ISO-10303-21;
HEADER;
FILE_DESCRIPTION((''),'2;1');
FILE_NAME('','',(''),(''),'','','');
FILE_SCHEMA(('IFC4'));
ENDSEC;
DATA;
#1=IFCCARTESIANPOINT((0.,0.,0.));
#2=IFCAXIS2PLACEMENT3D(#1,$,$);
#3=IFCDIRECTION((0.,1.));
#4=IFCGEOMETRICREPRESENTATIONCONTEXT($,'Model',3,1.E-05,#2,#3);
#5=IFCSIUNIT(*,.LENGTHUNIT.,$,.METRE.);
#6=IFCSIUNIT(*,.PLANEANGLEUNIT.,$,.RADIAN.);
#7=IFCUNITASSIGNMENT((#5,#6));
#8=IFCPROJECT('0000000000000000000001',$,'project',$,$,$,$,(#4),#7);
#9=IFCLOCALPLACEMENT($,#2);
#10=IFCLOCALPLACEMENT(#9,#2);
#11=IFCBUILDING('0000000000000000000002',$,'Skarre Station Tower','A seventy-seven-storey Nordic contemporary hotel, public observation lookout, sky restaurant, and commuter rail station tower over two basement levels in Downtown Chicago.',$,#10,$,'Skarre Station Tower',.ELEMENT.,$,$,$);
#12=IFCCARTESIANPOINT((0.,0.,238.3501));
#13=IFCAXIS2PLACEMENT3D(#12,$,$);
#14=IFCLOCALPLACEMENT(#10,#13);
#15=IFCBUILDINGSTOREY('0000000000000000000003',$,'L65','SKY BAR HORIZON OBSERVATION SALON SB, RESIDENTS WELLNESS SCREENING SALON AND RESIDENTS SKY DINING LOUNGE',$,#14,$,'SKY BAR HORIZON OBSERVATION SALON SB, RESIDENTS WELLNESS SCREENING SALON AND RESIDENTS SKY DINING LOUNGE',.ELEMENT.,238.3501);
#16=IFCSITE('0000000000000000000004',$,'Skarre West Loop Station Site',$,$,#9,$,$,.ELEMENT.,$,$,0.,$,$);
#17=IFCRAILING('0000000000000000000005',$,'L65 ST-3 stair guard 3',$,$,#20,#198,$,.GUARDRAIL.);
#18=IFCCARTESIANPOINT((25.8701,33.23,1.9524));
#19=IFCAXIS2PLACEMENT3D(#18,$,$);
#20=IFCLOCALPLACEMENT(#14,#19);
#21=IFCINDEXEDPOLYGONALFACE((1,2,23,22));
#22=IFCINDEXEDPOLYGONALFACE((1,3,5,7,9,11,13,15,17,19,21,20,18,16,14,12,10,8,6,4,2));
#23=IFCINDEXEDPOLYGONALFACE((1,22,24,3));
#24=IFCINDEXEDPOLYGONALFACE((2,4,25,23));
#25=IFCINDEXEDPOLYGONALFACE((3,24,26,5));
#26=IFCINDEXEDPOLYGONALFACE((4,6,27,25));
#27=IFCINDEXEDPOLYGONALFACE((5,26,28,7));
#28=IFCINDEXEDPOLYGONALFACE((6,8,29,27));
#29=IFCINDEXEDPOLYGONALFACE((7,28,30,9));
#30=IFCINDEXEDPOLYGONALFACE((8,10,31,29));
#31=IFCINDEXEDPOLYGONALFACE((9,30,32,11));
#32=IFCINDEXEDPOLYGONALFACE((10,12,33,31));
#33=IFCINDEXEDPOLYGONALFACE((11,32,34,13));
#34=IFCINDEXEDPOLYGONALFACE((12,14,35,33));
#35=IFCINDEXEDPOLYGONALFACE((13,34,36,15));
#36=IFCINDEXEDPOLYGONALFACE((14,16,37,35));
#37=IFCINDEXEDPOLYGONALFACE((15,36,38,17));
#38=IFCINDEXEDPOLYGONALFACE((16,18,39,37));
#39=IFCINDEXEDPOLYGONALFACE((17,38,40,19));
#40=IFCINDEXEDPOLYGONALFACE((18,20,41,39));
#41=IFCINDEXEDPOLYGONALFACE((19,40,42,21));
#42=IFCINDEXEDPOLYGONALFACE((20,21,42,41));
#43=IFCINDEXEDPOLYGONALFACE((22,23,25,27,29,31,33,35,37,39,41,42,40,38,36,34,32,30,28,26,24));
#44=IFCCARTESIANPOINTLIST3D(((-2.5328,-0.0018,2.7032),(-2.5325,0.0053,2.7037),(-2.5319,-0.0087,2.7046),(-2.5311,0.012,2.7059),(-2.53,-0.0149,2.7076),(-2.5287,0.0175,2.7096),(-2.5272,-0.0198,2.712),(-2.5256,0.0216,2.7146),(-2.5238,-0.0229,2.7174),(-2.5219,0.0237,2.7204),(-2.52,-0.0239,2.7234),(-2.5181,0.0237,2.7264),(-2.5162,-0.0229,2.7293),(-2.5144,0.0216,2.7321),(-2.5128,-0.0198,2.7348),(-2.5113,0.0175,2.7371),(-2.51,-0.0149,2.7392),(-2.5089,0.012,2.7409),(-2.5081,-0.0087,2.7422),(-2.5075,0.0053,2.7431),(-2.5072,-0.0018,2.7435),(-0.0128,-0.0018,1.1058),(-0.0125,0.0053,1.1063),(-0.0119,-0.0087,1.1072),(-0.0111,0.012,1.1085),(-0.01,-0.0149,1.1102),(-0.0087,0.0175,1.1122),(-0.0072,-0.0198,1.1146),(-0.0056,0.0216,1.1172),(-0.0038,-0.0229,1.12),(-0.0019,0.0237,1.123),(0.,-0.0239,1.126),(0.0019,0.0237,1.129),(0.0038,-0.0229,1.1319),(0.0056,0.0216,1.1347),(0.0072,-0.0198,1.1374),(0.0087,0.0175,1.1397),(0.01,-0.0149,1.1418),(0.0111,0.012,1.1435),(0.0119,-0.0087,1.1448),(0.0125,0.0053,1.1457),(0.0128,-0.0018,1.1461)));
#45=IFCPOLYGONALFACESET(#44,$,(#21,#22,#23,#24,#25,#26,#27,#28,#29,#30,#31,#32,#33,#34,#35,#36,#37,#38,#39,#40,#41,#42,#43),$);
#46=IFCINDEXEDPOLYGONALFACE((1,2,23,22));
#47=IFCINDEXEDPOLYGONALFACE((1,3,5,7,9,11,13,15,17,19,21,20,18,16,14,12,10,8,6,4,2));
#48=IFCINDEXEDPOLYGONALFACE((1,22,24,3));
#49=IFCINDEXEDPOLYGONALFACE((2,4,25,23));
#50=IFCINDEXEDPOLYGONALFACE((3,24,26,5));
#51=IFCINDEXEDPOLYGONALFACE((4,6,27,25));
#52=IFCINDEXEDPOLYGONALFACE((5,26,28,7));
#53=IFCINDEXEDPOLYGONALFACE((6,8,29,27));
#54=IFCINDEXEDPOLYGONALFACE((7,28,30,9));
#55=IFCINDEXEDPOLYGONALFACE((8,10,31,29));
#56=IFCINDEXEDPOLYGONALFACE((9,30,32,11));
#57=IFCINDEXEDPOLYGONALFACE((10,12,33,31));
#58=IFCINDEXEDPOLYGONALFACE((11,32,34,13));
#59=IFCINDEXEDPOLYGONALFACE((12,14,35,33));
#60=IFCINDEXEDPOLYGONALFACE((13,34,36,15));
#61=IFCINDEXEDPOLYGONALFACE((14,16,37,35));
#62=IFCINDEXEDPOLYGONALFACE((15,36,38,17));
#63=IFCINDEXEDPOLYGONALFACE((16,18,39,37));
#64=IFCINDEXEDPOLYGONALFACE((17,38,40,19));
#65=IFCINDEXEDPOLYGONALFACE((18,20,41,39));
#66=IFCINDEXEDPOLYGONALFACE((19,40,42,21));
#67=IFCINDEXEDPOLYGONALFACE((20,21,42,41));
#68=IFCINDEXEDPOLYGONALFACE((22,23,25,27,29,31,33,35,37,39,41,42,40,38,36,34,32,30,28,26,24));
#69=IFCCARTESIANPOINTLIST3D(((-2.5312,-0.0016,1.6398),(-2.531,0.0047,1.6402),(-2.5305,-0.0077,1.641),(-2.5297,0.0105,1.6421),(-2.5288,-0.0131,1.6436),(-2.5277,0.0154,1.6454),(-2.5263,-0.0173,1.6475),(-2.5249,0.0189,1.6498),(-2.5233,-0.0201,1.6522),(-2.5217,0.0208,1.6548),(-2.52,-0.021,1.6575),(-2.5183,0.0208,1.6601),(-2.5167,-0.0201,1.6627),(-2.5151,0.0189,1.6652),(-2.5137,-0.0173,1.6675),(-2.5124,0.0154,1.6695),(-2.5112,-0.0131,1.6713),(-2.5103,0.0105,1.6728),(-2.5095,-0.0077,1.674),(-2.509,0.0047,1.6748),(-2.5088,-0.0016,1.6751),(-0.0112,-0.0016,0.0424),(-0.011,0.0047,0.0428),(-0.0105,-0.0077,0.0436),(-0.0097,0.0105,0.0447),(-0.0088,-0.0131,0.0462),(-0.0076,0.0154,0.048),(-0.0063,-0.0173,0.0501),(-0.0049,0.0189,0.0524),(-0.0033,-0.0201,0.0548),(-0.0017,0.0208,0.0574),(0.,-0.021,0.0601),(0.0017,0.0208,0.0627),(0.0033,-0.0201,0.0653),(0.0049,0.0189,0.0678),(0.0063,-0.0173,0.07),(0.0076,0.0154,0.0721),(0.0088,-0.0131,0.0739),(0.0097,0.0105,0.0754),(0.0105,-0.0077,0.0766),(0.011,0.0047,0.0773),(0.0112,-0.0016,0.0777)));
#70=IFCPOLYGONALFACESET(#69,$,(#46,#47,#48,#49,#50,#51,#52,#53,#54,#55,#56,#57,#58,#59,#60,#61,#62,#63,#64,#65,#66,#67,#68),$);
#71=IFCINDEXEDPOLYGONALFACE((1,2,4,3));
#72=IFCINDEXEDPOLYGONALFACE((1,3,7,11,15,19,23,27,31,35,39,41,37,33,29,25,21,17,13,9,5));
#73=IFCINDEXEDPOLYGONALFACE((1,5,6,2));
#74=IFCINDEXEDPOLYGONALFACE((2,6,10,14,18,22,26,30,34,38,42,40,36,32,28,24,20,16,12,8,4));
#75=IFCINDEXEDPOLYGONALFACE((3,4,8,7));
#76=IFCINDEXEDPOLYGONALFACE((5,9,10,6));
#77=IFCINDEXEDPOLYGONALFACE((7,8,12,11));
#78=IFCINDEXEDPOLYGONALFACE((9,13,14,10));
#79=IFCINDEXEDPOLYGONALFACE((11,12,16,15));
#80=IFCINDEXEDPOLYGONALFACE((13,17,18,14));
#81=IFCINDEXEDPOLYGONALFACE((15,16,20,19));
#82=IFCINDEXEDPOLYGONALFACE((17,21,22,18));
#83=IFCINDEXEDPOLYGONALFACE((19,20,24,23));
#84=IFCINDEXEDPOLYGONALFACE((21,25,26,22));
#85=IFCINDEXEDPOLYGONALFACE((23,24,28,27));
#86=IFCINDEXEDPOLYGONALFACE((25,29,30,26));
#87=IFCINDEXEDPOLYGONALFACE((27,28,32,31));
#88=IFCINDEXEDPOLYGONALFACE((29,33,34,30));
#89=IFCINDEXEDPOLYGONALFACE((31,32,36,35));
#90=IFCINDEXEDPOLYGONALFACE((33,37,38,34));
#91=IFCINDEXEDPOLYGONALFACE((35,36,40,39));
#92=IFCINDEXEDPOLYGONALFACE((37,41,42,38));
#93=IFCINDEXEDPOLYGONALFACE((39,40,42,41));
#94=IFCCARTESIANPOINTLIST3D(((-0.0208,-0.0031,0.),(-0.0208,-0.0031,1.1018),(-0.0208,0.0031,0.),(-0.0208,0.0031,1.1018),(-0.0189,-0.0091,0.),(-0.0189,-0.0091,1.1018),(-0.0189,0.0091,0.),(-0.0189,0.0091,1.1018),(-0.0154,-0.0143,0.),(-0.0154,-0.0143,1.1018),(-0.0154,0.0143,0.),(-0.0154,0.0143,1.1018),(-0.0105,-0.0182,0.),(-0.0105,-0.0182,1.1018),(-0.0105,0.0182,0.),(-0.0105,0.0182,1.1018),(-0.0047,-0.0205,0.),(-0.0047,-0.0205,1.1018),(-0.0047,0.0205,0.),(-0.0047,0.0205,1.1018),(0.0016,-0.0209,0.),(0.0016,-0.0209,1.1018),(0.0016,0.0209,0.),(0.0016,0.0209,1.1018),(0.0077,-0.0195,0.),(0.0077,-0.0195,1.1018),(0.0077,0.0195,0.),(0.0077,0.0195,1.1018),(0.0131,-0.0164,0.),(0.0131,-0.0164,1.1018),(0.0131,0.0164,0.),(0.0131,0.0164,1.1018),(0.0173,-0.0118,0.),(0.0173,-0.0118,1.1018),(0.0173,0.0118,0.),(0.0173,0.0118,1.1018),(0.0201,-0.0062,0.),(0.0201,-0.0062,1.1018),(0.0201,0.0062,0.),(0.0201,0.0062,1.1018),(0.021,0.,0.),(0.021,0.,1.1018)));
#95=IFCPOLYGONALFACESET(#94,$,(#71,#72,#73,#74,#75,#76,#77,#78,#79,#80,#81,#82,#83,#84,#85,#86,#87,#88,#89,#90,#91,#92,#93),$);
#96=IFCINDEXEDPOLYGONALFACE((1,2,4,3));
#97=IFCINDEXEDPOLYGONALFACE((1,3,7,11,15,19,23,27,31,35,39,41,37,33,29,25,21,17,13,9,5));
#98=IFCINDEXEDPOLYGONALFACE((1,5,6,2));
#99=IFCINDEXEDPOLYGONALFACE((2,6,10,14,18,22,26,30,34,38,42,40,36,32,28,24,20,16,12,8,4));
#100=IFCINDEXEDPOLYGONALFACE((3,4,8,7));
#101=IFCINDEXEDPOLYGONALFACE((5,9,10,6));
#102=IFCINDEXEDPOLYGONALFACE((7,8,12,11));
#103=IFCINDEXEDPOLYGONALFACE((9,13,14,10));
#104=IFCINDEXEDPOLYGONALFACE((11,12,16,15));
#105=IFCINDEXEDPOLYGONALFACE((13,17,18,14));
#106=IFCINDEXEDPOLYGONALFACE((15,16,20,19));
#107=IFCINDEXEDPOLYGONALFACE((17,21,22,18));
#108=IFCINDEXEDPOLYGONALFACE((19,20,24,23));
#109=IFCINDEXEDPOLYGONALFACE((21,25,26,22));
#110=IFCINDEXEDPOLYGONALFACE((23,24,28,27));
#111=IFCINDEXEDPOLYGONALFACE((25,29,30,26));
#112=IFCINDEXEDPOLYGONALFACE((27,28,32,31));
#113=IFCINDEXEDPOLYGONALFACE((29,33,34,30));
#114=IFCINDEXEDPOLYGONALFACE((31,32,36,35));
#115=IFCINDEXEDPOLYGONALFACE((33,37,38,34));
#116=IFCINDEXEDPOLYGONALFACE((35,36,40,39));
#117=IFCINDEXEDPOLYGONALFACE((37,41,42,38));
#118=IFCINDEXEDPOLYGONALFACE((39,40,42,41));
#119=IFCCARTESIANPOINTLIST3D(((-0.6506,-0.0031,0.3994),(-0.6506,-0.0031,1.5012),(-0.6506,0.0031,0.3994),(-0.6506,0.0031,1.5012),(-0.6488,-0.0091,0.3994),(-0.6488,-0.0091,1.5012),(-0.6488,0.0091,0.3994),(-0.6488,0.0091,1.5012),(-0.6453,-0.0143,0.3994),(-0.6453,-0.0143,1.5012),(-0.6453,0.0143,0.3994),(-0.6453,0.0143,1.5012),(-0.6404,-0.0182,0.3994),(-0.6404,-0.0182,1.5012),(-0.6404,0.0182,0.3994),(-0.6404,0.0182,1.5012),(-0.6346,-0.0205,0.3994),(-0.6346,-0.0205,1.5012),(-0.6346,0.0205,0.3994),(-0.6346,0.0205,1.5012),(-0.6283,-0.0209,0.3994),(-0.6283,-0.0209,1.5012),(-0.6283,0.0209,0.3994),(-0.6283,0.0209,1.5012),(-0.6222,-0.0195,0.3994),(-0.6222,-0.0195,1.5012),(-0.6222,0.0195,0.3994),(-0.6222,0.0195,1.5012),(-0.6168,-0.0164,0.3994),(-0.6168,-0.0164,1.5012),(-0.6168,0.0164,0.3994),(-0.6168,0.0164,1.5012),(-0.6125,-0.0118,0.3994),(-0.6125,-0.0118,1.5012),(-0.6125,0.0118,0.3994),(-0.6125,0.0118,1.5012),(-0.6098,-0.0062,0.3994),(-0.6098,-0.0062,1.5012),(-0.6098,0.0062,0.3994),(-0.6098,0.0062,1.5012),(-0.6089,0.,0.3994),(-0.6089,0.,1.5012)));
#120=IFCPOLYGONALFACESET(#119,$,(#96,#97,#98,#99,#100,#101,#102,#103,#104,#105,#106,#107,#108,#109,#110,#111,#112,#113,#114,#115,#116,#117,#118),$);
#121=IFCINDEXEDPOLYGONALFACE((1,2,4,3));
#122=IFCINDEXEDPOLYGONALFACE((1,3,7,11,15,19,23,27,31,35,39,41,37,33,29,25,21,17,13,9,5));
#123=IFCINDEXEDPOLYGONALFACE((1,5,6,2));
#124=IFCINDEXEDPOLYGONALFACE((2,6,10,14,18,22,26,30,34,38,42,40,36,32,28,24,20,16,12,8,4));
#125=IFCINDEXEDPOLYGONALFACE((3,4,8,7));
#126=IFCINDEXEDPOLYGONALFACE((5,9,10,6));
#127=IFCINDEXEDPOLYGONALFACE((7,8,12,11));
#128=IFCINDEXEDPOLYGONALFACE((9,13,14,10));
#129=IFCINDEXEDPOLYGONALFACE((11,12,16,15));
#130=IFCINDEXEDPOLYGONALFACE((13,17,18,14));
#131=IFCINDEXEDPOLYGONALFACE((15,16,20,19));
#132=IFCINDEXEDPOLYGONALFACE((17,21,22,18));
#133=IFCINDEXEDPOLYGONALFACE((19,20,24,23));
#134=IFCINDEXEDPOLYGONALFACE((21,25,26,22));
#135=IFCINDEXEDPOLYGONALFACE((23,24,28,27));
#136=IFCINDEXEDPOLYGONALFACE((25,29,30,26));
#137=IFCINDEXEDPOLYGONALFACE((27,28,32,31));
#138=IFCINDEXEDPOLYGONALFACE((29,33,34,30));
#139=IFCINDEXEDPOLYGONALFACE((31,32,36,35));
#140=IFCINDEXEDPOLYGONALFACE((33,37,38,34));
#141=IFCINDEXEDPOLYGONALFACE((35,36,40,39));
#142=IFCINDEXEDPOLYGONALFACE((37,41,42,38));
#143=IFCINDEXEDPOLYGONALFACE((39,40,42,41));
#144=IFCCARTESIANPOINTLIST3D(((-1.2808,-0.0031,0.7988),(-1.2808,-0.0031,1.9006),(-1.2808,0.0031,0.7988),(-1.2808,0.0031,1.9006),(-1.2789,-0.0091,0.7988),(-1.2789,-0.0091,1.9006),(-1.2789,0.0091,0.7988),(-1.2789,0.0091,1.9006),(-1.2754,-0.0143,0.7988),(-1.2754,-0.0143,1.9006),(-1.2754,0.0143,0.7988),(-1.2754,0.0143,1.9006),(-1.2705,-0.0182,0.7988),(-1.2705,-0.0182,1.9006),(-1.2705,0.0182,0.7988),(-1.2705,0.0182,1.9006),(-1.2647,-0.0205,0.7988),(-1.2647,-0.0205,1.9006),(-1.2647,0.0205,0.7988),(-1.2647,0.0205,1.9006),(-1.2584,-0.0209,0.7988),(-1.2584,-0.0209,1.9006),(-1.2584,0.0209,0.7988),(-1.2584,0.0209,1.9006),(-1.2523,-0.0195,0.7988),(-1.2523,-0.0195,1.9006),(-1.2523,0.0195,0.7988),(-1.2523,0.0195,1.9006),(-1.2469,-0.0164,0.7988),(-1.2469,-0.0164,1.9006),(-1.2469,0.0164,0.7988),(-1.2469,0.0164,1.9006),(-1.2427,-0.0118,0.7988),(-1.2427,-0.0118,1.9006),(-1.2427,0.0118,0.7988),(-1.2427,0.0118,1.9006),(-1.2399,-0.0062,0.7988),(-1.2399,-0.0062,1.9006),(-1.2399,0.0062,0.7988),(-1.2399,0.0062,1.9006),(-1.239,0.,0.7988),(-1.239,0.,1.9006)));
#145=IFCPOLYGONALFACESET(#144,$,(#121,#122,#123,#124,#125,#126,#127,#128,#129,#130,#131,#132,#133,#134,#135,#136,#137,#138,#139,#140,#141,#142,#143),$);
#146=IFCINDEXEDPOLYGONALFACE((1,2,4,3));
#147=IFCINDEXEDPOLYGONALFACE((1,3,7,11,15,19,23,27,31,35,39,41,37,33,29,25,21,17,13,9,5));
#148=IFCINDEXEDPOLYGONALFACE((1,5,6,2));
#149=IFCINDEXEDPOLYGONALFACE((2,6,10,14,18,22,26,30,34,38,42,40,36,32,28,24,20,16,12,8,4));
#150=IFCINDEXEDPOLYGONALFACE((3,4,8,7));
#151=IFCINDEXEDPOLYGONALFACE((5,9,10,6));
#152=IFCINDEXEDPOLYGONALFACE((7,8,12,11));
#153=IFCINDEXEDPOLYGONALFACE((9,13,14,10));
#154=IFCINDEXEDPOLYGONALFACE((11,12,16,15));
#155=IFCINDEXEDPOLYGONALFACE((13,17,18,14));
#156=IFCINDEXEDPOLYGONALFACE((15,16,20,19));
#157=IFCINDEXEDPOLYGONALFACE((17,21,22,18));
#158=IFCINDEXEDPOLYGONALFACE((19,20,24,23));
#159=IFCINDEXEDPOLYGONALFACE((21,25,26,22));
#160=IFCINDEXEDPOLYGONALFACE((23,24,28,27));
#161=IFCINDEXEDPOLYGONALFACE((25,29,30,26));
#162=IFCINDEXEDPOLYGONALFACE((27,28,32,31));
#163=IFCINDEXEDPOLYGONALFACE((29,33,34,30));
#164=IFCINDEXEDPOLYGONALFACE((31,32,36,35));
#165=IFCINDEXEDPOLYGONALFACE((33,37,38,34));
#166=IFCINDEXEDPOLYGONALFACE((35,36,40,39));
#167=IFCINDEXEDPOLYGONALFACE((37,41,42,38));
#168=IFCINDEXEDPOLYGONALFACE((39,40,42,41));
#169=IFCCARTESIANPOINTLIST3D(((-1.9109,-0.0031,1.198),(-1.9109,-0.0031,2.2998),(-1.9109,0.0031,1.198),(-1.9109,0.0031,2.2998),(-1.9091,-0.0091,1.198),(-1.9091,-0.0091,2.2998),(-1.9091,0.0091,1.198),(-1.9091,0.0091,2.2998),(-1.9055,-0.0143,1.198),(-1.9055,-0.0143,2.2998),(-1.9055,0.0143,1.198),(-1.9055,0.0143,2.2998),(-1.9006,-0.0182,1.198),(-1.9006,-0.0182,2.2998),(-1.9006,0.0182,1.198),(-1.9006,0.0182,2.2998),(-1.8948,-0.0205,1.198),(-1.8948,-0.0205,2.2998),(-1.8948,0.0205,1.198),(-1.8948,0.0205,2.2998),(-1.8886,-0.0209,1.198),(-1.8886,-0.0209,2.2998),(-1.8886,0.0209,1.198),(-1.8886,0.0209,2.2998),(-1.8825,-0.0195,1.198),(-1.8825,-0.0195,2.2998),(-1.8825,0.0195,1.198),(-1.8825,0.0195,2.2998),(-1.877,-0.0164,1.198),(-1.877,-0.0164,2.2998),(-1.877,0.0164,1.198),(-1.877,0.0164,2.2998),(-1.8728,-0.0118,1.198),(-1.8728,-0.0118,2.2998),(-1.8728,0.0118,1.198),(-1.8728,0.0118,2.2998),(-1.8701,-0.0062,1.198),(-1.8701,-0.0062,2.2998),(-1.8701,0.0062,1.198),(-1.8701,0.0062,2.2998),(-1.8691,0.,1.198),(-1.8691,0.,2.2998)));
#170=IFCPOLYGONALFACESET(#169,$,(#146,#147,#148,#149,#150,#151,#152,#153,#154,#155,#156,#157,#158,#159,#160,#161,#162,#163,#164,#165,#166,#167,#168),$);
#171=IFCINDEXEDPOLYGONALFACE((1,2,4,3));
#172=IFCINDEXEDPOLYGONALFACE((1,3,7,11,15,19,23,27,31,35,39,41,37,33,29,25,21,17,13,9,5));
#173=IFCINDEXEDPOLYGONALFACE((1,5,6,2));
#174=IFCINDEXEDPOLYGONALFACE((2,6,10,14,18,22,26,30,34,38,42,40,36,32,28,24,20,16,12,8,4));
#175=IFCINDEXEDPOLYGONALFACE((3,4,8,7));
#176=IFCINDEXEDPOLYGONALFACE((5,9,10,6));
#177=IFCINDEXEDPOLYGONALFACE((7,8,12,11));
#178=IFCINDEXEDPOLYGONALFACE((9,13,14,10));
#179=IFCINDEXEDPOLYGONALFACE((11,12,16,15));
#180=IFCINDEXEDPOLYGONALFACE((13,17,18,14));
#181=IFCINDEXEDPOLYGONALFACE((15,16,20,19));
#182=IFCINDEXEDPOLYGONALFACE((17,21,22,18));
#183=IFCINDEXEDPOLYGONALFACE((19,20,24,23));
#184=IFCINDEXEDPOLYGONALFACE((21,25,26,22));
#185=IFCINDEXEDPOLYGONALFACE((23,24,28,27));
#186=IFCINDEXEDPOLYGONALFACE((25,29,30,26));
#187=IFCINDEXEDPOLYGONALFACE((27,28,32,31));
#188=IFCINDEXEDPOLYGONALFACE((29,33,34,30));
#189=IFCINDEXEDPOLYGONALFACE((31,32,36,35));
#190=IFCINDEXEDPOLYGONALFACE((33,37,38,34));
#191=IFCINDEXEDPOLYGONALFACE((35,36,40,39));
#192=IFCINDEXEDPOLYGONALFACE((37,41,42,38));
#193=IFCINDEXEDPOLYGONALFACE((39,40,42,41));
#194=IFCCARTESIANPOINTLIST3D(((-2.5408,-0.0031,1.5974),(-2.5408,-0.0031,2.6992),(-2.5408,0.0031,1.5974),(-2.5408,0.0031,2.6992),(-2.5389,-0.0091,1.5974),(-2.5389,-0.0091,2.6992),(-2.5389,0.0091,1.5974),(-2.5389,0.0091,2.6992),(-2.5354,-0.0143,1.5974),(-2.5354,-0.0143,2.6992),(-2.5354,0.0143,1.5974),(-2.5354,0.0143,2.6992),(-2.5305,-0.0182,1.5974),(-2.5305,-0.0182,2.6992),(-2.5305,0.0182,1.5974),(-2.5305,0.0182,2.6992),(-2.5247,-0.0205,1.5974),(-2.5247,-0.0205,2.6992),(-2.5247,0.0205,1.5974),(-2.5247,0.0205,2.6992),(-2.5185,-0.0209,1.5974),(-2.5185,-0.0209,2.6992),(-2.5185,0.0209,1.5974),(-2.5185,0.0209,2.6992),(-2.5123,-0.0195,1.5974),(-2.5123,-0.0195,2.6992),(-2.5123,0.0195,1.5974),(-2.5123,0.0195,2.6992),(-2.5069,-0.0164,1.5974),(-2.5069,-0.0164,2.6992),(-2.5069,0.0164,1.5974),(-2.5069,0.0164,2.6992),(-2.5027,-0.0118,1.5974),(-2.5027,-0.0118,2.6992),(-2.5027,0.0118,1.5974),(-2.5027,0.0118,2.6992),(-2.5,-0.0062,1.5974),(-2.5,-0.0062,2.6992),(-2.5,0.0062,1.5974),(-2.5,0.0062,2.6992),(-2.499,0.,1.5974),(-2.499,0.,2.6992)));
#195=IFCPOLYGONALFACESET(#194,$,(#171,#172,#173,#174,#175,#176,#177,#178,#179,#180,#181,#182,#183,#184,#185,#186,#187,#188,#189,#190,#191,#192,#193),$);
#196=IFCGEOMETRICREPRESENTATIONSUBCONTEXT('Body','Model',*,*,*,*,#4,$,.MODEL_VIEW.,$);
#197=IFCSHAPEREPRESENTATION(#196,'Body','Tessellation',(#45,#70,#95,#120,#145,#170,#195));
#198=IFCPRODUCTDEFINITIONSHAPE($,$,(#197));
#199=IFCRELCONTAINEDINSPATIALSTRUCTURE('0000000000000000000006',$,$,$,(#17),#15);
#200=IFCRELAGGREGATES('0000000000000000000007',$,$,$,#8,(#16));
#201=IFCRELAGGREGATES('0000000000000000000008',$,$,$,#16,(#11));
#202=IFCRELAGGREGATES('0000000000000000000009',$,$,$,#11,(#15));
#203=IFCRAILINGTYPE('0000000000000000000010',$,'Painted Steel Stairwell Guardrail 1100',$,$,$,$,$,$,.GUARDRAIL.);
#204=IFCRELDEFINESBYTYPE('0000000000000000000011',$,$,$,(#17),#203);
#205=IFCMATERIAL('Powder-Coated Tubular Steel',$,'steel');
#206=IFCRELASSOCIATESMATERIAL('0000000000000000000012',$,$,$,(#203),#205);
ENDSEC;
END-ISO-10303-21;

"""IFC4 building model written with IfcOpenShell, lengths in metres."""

from ifc_helpers import new_model, si_unit, direction, frame, origin, origin_2d, place, context, subcontext, project, spatial, circle, extrude, material, type_object, element, save


model = new_model("IFC4")

# Units and contexts
model_context = context("Model", 3, precision=1e-05, world=origin(), true_north=direction((0.0, 1.0)))
body_context = subcontext(model_context, "Body", "Model", "MODEL_VIEW")
ifc_project = project(units=[si_unit("LENGTHUNIT", "METRE"), si_unit("PLANEANGLEUNIT", "RADIAN")], contexts=[model_context])

# Site, building, storey
site_placement = place(None, origin())
site = spatial("IfcSite", under=ifc_project, at=site_placement, Name="Skarre West Loop Station Site", CompositionType="ELEMENT", RefElevation=0.0)
building_placement = place(site_placement, origin())
building = spatial("IfcBuilding", under=site, at=building_placement, Name="Skarre Station Tower", Description="A seventy-seven-storey Nordic contemporary hotel, public observation lookout, sky restaurant, and commuter rail station tower over two basement levels in Downtown Chicago.", LongName="Skarre Station Tower", CompositionType="ELEMENT")
storey_placement = place(building_placement, frame((0.0, 0.0, 238.3501)))
storey = spatial("IfcBuildingStorey", under=building, at=storey_placement, Name="L65", Description="SKY BAR HORIZON OBSERVATION SALON SB, RESIDENTS WELLNESS SCREENING SALON AND RESIDENTS SKY DINING LOUNGE", LongName="SKY BAR HORIZON OBSERVATION SALON SB, RESIDENTS WELLNESS SCREENING SALON AND RESIDENTS SKY DINING LOUNGE", CompositionType="ELEMENT", Elevation=238.3501)

# Railing
ifc_material_1 = material(Name="Powder-Coated Tubular Steel", Category="steel")
railing_type_1 = type_object("IfcRailingType", Name="Painted Steel Stairwell Guardrail 1100", PredefinedType="GUARDRAIL", material=ifc_material_1)
railing_1_placement = place(storey_placement, frame((25.8701, 33.23, 1.9524)))
element("IfcRailing", 1, at=railing_1_placement, inside=storey, type_object=railing_type_1, Name="L65 ST-3 stair guard 3", PredefinedType="GUARDRAIL", context=body_context, shape_type="SweptSolid", body=[
    extrude(circle(Radius=0.0239, at=origin_2d()), frame((0.0, 0.0, 1.126), z_axis=(-0.844607, 0.0, 0.535387), x_axis=(0.0, -1.0, 0.0)), (0.0, 0.0, 1.0), 2.9836),
    extrude(circle(Radius=0.021, at=origin_2d()), frame((0.0, 0.0, 0.0601), z_axis=(-0.844607, 0.0, 0.535387), x_axis=(0.0, -1.0, 0.0)), (0.0, 0.0, 1.0), 2.9836),
    extrude(circle(Radius=0.021, at=origin_2d()), origin(), (0.0, 0.0, 1.0), 1.1018),
    extrude(circle(Radius=0.021, at=origin_2d()), frame((-0.6299, 0.0, 0.3994)), (0.0, 0.0, 1.0), 1.1018),
    extrude(circle(Radius=0.021, at=origin_2d()), frame((-1.26, 0.0, 0.7988)), (0.0, 0.0, 1.0), 1.1018),
    extrude(circle(Radius=0.021, at=origin_2d()), frame((-1.8901, 0.0, 1.198)), (0.0, 0.0, 1.0), 1.1018),
    extrude(circle(Radius=0.021, at=origin_2d()), frame((-2.52, 0.0, 1.5974)), (0.0, 0.0, 1.0), 1.1018),
])

save(model, "model.ifc")
